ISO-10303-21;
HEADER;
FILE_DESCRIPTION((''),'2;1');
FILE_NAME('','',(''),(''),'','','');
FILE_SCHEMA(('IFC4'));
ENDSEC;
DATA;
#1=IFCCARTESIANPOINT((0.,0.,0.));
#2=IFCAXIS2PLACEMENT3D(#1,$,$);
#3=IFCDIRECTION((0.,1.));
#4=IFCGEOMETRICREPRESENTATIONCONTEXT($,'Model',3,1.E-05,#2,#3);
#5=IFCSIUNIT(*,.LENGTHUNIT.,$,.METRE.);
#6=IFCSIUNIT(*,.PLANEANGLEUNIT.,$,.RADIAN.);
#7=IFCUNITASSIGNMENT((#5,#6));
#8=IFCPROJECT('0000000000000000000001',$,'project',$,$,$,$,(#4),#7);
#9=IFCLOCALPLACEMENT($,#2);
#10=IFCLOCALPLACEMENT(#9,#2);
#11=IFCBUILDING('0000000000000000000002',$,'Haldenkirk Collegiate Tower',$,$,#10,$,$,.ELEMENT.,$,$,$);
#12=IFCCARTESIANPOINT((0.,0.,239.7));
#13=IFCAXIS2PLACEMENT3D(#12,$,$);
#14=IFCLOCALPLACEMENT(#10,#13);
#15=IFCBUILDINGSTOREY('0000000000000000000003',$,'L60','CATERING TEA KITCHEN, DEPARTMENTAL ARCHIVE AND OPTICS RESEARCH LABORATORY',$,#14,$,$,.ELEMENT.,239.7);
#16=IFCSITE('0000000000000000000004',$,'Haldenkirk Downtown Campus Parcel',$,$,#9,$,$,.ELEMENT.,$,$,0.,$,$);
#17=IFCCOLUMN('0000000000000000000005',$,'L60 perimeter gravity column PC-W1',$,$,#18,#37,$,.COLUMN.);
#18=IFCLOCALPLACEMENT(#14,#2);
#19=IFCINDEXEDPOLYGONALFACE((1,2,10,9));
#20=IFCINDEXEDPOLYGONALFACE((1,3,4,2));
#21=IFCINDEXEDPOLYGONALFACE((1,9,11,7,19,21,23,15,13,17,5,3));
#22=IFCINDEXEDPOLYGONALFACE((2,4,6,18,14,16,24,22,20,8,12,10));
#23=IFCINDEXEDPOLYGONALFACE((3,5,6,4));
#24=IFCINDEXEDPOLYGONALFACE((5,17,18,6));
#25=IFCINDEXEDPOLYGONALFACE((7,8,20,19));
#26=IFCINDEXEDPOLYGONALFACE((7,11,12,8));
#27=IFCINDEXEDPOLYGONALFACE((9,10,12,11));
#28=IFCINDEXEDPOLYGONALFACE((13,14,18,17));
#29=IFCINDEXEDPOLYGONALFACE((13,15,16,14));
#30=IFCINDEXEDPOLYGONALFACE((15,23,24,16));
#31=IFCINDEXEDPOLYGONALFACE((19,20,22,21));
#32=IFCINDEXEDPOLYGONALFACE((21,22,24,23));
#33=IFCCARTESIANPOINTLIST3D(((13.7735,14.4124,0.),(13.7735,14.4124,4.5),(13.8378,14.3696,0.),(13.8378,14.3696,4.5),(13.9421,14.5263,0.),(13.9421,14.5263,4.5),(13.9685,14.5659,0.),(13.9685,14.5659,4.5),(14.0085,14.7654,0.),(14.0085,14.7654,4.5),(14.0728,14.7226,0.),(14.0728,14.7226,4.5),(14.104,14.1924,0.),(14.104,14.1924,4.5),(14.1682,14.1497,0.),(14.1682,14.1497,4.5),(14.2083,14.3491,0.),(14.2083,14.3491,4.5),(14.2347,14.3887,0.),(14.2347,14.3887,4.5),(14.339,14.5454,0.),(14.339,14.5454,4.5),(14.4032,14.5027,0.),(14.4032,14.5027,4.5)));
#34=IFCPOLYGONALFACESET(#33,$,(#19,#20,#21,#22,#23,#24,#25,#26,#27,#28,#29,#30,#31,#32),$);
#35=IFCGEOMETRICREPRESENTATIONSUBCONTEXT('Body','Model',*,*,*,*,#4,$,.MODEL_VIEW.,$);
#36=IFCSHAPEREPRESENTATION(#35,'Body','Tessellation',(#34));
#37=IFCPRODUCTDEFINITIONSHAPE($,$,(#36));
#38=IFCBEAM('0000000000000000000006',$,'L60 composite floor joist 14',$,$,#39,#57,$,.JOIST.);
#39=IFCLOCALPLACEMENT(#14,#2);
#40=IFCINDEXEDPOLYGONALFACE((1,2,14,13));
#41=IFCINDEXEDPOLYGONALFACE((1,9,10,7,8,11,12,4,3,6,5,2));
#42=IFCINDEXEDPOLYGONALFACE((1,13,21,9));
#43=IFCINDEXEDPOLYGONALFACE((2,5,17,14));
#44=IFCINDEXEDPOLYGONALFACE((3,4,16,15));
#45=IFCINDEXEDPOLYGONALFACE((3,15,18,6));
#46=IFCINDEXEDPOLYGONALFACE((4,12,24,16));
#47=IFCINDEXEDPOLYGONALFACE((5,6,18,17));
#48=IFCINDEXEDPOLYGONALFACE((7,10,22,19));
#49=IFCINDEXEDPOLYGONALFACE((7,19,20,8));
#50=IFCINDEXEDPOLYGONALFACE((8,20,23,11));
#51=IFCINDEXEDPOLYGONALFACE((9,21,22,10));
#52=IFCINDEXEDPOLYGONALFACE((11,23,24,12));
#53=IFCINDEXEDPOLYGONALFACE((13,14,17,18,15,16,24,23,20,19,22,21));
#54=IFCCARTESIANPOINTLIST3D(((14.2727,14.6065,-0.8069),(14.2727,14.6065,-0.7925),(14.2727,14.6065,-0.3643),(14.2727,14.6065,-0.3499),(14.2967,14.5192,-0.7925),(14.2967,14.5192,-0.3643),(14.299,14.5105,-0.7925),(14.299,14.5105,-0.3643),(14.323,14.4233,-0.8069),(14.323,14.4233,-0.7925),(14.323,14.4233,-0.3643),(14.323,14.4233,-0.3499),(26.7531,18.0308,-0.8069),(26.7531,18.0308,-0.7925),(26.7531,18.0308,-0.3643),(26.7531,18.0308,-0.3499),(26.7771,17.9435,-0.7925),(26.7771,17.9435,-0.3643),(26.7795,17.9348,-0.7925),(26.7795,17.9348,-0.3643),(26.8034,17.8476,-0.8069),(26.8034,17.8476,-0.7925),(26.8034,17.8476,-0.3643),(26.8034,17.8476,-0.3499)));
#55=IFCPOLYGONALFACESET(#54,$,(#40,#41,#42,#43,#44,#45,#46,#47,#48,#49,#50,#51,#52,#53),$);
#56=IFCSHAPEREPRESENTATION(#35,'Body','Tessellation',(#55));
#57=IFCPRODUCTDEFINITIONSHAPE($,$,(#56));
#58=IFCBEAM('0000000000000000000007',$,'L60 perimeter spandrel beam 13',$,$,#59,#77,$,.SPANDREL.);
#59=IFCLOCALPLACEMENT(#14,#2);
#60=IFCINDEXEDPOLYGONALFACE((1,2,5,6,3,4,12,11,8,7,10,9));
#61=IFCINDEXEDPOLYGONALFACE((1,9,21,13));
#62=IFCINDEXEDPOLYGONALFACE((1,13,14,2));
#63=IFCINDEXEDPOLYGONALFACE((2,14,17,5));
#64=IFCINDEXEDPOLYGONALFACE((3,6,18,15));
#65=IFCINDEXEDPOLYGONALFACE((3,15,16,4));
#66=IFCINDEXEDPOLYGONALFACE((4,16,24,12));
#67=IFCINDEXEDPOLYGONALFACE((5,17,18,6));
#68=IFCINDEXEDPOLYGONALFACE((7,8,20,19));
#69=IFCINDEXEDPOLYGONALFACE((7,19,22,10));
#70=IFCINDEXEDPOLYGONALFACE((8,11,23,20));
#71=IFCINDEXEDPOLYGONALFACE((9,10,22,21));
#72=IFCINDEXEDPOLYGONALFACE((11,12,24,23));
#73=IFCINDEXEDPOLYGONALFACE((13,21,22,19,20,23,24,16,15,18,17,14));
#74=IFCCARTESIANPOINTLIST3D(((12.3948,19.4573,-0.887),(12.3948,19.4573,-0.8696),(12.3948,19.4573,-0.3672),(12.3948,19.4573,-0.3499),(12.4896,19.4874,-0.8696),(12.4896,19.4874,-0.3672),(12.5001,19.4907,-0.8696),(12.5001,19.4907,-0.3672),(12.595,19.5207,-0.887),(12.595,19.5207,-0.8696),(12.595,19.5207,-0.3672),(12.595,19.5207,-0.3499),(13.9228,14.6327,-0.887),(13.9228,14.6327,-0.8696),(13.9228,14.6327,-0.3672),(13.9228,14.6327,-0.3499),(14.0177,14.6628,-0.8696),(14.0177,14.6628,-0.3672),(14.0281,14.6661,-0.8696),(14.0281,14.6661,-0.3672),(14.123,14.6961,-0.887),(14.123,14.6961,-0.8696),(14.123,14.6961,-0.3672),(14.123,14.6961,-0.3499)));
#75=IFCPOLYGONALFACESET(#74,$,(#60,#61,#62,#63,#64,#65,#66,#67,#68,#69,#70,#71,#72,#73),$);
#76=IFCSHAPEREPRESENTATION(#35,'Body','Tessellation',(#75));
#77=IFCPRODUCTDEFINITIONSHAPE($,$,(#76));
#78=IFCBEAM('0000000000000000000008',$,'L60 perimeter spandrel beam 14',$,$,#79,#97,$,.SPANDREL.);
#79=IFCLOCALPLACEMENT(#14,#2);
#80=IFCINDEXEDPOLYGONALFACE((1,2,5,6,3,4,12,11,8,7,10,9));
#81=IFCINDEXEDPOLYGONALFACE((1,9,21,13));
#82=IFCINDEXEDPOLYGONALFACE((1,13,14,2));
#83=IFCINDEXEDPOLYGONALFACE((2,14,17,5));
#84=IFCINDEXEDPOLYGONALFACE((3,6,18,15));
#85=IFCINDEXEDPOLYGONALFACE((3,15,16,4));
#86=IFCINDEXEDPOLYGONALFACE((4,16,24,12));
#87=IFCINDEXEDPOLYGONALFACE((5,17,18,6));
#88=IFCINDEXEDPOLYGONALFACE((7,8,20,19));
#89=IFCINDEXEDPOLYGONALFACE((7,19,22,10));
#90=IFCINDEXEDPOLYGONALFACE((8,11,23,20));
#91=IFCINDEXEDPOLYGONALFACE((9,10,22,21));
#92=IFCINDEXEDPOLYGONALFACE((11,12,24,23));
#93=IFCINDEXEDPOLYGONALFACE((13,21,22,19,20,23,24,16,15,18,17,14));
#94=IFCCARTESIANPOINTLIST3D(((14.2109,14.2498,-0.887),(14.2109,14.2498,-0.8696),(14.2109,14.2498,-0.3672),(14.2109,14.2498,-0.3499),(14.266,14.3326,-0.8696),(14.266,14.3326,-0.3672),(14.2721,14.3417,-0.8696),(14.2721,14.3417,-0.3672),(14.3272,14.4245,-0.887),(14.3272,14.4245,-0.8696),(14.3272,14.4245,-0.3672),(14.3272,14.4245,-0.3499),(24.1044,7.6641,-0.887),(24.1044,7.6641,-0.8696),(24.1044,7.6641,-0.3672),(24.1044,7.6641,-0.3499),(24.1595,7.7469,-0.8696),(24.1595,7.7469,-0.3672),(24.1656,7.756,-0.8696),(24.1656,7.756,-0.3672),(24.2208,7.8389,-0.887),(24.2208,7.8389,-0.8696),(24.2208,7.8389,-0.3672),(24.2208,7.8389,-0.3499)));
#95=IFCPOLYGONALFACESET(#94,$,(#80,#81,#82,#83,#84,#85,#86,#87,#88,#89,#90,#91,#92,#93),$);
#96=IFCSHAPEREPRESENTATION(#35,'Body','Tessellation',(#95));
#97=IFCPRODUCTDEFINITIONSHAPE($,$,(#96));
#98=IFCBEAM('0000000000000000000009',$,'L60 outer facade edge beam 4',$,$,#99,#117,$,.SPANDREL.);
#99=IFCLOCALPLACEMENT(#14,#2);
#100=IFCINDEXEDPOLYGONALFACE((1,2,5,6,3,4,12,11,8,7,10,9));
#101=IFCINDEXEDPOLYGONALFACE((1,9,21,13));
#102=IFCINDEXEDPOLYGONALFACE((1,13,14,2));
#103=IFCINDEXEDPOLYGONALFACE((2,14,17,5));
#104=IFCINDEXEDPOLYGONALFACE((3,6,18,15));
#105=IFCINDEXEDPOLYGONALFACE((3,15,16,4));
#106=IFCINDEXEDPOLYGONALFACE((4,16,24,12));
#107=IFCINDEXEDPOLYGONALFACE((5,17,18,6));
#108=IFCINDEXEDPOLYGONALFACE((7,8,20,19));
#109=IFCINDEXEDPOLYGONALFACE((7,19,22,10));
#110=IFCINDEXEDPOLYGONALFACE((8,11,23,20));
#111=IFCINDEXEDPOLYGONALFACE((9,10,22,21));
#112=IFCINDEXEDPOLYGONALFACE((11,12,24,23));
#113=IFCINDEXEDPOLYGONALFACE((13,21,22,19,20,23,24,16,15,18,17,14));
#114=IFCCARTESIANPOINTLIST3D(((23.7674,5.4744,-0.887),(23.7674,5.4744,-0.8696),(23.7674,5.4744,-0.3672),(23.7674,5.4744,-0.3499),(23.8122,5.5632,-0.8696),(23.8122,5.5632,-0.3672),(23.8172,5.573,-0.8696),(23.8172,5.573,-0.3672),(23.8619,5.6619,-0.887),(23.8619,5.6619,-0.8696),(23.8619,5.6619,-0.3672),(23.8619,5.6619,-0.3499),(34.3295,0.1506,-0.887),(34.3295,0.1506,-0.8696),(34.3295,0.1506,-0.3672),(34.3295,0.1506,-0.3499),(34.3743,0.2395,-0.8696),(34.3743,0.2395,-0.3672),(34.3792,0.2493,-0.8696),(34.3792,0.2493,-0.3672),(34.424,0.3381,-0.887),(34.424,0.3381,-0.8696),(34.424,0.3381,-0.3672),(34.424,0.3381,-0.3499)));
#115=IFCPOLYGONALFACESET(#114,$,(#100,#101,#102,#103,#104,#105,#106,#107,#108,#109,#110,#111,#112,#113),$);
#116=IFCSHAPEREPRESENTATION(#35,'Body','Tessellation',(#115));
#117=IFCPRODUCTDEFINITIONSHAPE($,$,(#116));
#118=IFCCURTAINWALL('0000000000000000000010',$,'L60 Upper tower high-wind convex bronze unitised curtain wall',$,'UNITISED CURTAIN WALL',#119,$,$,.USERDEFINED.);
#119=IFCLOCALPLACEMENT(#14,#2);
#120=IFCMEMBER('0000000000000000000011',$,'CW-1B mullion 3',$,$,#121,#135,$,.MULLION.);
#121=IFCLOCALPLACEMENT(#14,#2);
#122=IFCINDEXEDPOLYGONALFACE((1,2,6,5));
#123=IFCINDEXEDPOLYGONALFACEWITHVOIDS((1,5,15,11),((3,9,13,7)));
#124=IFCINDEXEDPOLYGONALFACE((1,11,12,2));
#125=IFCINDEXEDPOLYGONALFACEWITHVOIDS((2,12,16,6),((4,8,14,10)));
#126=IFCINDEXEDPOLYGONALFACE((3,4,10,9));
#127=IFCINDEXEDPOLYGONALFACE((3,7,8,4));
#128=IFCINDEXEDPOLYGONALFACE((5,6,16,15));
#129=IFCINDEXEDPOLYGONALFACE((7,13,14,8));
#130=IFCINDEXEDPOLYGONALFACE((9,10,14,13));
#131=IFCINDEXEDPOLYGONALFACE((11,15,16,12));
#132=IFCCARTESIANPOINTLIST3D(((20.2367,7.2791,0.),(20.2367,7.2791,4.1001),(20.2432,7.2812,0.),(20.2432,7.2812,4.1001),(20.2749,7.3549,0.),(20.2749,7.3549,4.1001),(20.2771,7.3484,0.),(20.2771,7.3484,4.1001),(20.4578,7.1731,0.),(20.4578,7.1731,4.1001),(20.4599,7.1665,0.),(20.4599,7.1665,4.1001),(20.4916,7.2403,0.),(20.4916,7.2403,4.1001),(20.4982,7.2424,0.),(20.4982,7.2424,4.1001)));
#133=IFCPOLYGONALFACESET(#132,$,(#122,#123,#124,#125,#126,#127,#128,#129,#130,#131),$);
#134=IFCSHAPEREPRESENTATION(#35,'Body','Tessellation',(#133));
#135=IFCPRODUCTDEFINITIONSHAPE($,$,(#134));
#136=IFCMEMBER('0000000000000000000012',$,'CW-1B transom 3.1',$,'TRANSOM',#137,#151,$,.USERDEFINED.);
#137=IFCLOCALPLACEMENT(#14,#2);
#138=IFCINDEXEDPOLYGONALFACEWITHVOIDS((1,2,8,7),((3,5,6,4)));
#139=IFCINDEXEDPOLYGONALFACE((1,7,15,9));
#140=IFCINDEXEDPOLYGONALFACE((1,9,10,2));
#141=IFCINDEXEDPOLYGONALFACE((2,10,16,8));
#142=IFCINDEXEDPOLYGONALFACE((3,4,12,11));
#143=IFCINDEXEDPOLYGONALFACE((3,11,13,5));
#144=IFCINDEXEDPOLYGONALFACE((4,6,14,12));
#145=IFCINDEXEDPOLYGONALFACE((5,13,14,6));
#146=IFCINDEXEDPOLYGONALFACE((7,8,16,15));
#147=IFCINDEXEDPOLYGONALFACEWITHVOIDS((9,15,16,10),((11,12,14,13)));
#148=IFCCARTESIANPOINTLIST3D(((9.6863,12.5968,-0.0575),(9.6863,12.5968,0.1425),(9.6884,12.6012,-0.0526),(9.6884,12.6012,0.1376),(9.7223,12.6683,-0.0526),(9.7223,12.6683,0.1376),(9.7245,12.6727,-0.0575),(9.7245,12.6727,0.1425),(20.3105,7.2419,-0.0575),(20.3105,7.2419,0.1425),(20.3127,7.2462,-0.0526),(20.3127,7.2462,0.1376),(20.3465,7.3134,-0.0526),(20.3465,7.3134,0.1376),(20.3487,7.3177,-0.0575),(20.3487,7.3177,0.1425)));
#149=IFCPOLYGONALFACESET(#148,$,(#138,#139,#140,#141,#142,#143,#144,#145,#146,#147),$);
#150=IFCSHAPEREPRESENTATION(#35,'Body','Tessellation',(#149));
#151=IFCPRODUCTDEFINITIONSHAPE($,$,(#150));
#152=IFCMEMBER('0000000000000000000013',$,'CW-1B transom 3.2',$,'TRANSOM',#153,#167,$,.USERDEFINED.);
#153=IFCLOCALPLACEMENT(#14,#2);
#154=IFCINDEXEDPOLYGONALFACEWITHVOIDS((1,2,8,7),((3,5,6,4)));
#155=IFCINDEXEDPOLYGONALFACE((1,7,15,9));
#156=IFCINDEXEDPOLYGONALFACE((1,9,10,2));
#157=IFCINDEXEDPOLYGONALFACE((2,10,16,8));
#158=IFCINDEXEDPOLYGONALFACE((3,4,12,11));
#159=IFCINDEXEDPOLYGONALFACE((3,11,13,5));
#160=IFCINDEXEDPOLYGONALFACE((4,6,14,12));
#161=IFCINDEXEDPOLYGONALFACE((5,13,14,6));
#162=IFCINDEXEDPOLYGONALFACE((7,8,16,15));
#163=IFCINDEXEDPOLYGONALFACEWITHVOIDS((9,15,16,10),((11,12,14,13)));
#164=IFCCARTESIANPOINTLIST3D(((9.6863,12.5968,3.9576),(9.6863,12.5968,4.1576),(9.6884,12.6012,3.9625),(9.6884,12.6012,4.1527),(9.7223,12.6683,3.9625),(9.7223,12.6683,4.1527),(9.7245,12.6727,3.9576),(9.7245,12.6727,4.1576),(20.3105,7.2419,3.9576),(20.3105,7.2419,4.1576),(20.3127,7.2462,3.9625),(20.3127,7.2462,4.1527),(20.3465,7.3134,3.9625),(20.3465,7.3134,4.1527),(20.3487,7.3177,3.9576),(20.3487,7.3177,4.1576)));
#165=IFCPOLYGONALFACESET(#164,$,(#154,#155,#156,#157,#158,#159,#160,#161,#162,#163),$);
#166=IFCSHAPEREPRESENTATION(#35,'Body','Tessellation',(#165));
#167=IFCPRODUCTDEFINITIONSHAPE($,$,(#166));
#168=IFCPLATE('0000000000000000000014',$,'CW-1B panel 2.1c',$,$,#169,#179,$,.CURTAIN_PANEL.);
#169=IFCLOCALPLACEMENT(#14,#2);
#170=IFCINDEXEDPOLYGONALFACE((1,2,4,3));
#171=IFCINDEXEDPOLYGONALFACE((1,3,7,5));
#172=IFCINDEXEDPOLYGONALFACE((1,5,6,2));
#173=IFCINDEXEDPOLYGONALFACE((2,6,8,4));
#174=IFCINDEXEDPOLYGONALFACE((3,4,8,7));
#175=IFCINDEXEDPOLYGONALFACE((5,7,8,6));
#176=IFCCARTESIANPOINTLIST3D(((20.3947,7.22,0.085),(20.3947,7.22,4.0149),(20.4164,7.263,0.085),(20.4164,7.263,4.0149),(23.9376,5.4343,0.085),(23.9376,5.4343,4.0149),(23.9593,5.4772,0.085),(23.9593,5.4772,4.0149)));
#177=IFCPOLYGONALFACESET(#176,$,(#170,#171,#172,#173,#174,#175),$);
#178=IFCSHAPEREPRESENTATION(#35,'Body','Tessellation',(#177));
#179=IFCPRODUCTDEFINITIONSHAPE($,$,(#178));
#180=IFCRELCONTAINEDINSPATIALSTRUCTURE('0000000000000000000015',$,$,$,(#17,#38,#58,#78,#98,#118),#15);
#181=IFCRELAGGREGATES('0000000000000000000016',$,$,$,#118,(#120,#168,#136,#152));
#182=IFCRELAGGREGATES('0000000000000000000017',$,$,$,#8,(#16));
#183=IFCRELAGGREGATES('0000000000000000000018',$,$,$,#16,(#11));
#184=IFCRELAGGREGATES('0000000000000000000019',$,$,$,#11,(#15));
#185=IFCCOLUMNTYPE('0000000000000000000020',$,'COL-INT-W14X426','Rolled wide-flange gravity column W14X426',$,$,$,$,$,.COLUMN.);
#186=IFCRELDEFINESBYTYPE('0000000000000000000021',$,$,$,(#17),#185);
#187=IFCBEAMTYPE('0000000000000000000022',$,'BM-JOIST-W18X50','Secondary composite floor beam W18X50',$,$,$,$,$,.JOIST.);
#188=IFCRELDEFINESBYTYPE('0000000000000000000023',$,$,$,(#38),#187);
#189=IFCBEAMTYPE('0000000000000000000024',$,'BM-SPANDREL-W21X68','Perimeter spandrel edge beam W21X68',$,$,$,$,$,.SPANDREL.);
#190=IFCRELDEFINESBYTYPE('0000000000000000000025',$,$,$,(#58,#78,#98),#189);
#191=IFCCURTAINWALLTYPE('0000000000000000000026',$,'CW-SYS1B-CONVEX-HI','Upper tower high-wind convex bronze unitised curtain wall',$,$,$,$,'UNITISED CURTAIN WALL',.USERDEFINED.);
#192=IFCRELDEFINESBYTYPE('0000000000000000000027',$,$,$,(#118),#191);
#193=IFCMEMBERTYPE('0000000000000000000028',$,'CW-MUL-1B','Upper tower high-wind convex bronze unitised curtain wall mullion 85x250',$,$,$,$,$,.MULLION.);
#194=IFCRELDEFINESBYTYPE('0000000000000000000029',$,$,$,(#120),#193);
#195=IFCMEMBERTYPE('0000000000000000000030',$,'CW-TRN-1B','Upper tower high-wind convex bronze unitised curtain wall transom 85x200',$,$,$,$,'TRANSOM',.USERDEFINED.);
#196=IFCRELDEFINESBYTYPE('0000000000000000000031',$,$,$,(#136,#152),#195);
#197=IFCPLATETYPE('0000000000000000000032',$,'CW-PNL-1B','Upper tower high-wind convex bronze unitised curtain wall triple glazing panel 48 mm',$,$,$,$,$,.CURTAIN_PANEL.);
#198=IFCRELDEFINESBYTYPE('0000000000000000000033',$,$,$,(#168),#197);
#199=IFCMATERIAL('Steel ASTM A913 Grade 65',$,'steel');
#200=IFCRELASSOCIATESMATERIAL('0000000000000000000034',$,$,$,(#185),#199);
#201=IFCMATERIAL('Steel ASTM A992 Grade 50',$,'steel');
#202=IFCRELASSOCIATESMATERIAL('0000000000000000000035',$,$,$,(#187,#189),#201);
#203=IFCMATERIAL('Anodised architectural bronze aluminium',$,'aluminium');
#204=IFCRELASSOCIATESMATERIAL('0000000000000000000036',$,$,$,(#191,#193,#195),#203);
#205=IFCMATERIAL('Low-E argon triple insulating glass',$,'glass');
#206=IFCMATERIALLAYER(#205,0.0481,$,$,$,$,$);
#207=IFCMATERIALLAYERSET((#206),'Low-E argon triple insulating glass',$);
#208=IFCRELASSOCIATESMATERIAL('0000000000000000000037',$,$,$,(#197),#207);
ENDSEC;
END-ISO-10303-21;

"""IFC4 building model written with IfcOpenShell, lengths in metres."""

from ifc_helpers import new_model, si_unit, direction, frame, origin, origin_2d, place, context, subcontext, project, spatial, rectangle, hollow_rectangle, i_section, extrude, source, transform, mapped, material, layer, layer_set, material_profile, profile_set, type_object, element, aggregate, save


model = new_model("IFC4")

# Units and contexts
model_context = context("Model", 3, precision=1e-05, world=origin(), true_north=direction((0.0, 1.0)))
body_context = subcontext(model_context, "Body", "Model", "MODEL_VIEW")
ifc_project = project(units=[si_unit("LENGTHUNIT", "METRE"), si_unit("PLANEANGLEUNIT", "RADIAN")], contexts=[model_context])

# Site, building, storey
site_placement = place(None, origin())
site = spatial("IfcSite", under=ifc_project, at=site_placement, Name="Haldenkirk Downtown Campus Parcel", CompositionType="ELEMENT", RefElevation=0.0)
building_placement = place(site_placement, origin())
building = spatial("IfcBuilding", under=site, at=building_placement, Name="Haldenkirk Collegiate Tower", CompositionType="ELEMENT")
storey_placement = place(building_placement, frame((0.0, 0.0, 239.7)))
storey = spatial("IfcBuildingStorey", under=building, at=storey_placement, Name="L60", Description="CATERING TEA KITCHEN, DEPARTMENTAL ARCHIVE AND OPTICS RESEARCH LABORATORY", CompositionType="ELEMENT", Elevation=239.7)

# Column
ifc_material_1 = material(Name="Steel ASTM A913 Grade 65", Category="steel")
ifc_material_profile_1 = material_profile(ifc_material_1, i_section(OverallWidth=0.4241, OverallDepth=0.4741, WebThickness=0.0476, FlangeThickness=0.0771, at=origin_2d()), Name="W14X426")
ifc_profile_set_1 = profile_set([ifc_material_profile_1], Name="Steel ASTM A913 Grade 65")
column_type = type_object("IfcColumnType", Name="COL-INT-W14X426", Description="Rolled wide-flange gravity column W14X426", PredefinedType="COLUMN", material=ifc_profile_set_1)
column_placement = place(storey_placement, frame((14.0884, 14.4575, 0.0), z_axis=(0.0, 0.0, 1.0), x_axis=(0.554118, 0.832438, 0.0)))
element("IfcColumn", 1, at=column_placement, inside=storey, type_object=column_type, Name="L60 perimeter gravity column PC-W1", PredefinedType="COLUMN", context=body_context, shape_type="SweptSolid", body=[
    extrude(i_section(OverallWidth=0.4241, OverallDepth=0.4741, WebThickness=0.0476, FlangeThickness=0.0771, at=origin_2d()), origin(), (0.0, 0.0, 1.0), 4.5),
])

# Beams
ifc_material_2 = material(Name="Steel ASTM A992 Grade 50", Category="steel")
ifc_material_profile_2 = material_profile(ifc_material_2, i_section(OverallWidth=0.1899, OverallDepth=0.457, WebThickness=0.009, FlangeThickness=0.0144, at=origin_2d()), Name="W18X50")
ifc_profile_set_2 = profile_set([ifc_material_profile_2], Name="Steel ASTM A992 Grade 50")
beam_type_1 = type_object("IfcBeamType", Name="BM-JOIST-W18X50", Description="Secondary composite floor beam W18X50", PredefinedType="JOIST", material=ifc_profile_set_2)
beam_1_placement = place(storey_placement, frame((14.2979, 14.5149, -0.5784), z_axis=(0.96436, 0.264595, 0.0), x_axis=(-0.264595, 0.96436, 0.0)))
element("IfcBeam", 2, at=beam_1_placement, inside=storey, type_object=beam_type_1, Name="L60 composite floor joist 14", PredefinedType="JOIST", context=body_context, shape_type="SweptSolid", body=[
    extrude(i_section(OverallWidth=0.1899, OverallDepth=0.457, WebThickness=0.009, FlangeThickness=0.0144, at=origin_2d()), origin(), (0.0, 0.0, 1.0), 12.9417),
])
ifc_material_profile_3 = material_profile(ifc_material_2, i_section(OverallWidth=0.21, OverallDepth=0.5371, WebThickness=0.011, FlangeThickness=0.0173, at=origin_2d()), Name="W21X68")
ifc_profile_set_3 = profile_set([ifc_material_profile_3], Name="Steel ASTM A992 Grade 50")
beam_type_2 = type_object("IfcBeamType", Name="BM-SPANDREL-W21X68", Description="Perimeter spandrel edge beam W21X68", PredefinedType="SPANDREL", material=ifc_profile_set_3)
beam_2_placement = place(storey_placement, frame((12.4949, 19.489, -0.6184), z_axis=(0.301937, -0.953328, 0.0), x_axis=(0.953328, 0.301937, 0.0)))
element("IfcBeam", 3, at=beam_2_placement, inside=storey, type_object=beam_type_2, Name="L60 perimeter spandrel beam 13", PredefinedType="SPANDREL", context=body_context, shape_type="SweptSolid", body=[
    extrude(i_section(OverallWidth=0.21, OverallDepth=0.5371, WebThickness=0.011, FlangeThickness=0.0173, at=origin_2d()), origin(), (0.0, 0.0, 1.0), 5.0608),
])
beam_3_placement = place(storey_placement, frame((14.269, 14.3372, -0.6184), z_axis=(0.832439, -0.554117, 0.0), x_axis=(0.554117, 0.832439, 0.0)))
element("IfcBeam", 4, at=beam_3_placement, inside=storey, type_object=beam_type_2, Name="L60 perimeter spandrel beam 14", PredefinedType="SPANDREL", context=body_context, shape_type="SweptSolid", body=[
    extrude(i_section(OverallWidth=0.21, OverallDepth=0.5371, WebThickness=0.011, FlangeThickness=0.0173, at=origin_2d()), origin(), (0.0, 0.0, 1.0), 11.885),
])
beam_4_placement = place(storey_placement, frame((23.8147, 5.5681, -0.6184), z_axis=(0.892978, -0.450101, 0.0), x_axis=(0.450101, 0.892978, 0.0)))
element("IfcBeam", 5, at=beam_4_placement, inside=storey, type_object=beam_type_2, Name="L60 outer facade edge beam 4", PredefinedType="SPANDREL", context=body_context, shape_type="SweptSolid", body=[
    extrude(i_section(OverallWidth=0.21, OverallDepth=0.5371, WebThickness=0.011, FlangeThickness=0.0173, at=origin_2d()), origin(), (0.0, 0.0, 1.0), 11.8279),
])

# Curtain wall, members, plate
ifc_material_3 = material(Name="Anodised architectural bronze aluminium", Category="aluminium")
curtain_wall_type = type_object("IfcCurtainWallType", Name="CW-SYS1B-CONVEX-HI", Description="Upper tower high-wind convex bronze unitised curtain wall", ElementType="UNITISED CURTAIN WALL", PredefinedType="USERDEFINED", material=ifc_material_3)
curtain_wall_placement = place(storey_placement, origin())
curtain_wall = element("IfcCurtainWall", 6, at=curtain_wall_placement, inside=storey, type_object=curtain_wall_type, Name="L60 Upper tower high-wind convex bronze unitised curtain wall", ObjectType="UNITISED CURTAIN WALL", PredefinedType="USERDEFINED")
ifc_material_profile_4 = material_profile(ifc_material_3, hollow_rectangle(XDim=0.085, YDim=0.25, WallThickness=0.0049, at=origin_2d()), Name="CW-MUL-1B")
ifc_profile_set_4 = profile_set([ifc_material_profile_4], Name="Anodised architectural bronze aluminium")
member_type_1 = type_object("IfcMemberType", Name="CW-MUL-1B", Description="Upper tower high-wind convex bronze unitised curtain wall mullion 85x250", PredefinedType="MULLION", material=ifc_profile_set_4)
member_1_placement = place(storey_placement, frame((20.3674, 7.2607, 0.0), z_axis=(0.0, 0.0, 1.0), x_axis=(-0.450099, -0.892979, 0.0)))
member_1 = element("IfcMember", 7, at=member_1_placement, type_object=member_type_1, Name="CW-1B mullion 3", PredefinedType="MULLION", context=body_context, shape_type="SweptSolid", body=[
    extrude(hollow_rectangle(XDim=0.085, YDim=0.25, WallThickness=0.0049, at=origin_2d()), origin(), (0.0, 0.0, 1.0), 4.1001),
])
ifc_material_profile_5 = material_profile(ifc_material_3, hollow_rectangle(XDim=0.085, YDim=0.2, WallThickness=0.0049, at=origin_2d()), Name="CW-TRN-1B")
ifc_profile_set_5 = profile_set([ifc_material_profile_5], Name="Anodised architectural bronze aluminium")
member_type_2 = type_object("IfcMemberType", Name="CW-TRN-1B", Description="Upper tower high-wind convex bronze unitised curtain wall transom 85x200", ElementType="TRANSOM", PredefinedType="USERDEFINED", material=ifc_profile_set_5)
member_2_placement = place(storey_placement, frame((20.3296, 7.2798, 0.0425), z_axis=(-0.892982, 0.450092, 0.0), x_axis=(-0.450092, -0.892982, 0.0)))
member_2 = element("IfcMember", 8, at=member_2_placement, type_object=member_type_2, Name="CW-1B transom 3.1", ObjectType="TRANSOM", PredefinedType="USERDEFINED", context=body_context, shape_type="SweptSolid", body=[
    extrude(hollow_rectangle(XDim=0.085, YDim=0.2, WallThickness=0.0049, at=origin_2d()), origin(), (0.0, 0.0, 1.0), 11.8975),
])
member_3_placement = place(storey_placement, frame((20.3296, 7.2798, 4.0576), z_axis=(-0.892982, 0.450092, 0.0), x_axis=(-0.450092, -0.892982, 0.0)))
member_3 = element("IfcMember", 9, at=member_3_placement, type_object=member_type_2, Name="CW-1B transom 3.2", ObjectType="TRANSOM", PredefinedType="USERDEFINED", context=body_context, shape_type="SweptSolid", body=[
    extrude(hollow_rectangle(XDim=0.085, YDim=0.2, WallThickness=0.0049, at=origin_2d()), origin(), (0.0, 0.0, 1.0), 11.8975),
])
ifc_material_4 = material(Name="Low-E argon triple insulating glass", Category="glass")
ifc_layer_1 = layer(ifc_material_4, 0.0481)
ifc_layer_set_1 = layer_set([ifc_layer_1], Name="Low-E argon triple insulating glass")
plate_type_1 = type_object("IfcPlateType", Name="CW-PNL-1B", Description="Upper tower high-wind convex bronze unitised curtain wall triple glazing panel 48 mm", PredefinedType="CURTAIN_PANEL", material=ifc_layer_set_1)
shared_shape_1 = source(origin(), body_context, "Body", "SweptSolid", [
    extrude(rectangle(XDim=3.9675, YDim=0.0481, at=origin_2d()), origin(), (0.0, 0.0, 1.0), 3.9299),
])
plate_1_placement = place(storey_placement, frame((22.177, 6.3486, 0.085), z_axis=(0.0, 0.0, 1.0), x_axis=(-0.892979, 0.450099, 0.0)))
plate_1 = element("IfcPlate", 10, at=plate_1_placement, type_object=plate_type_1, Name="CW-1B panel 2.1c", PredefinedType="CURTAIN_PANEL", context=body_context, shape_type="MappedRepresentation", body=[
    mapped(shared_shape_1, transform((0.0, 0.0, 0.0), x_axis=(1.0, 0.0, 0.0), y_axis=(0.0, 1.0, 0.0), z_axis=(0.0, 0.0, 1.0), scale=1.0)),
])
aggregate(curtain_wall, [member_1, plate_1, member_2, member_3])

save(model, "model.ifc")
